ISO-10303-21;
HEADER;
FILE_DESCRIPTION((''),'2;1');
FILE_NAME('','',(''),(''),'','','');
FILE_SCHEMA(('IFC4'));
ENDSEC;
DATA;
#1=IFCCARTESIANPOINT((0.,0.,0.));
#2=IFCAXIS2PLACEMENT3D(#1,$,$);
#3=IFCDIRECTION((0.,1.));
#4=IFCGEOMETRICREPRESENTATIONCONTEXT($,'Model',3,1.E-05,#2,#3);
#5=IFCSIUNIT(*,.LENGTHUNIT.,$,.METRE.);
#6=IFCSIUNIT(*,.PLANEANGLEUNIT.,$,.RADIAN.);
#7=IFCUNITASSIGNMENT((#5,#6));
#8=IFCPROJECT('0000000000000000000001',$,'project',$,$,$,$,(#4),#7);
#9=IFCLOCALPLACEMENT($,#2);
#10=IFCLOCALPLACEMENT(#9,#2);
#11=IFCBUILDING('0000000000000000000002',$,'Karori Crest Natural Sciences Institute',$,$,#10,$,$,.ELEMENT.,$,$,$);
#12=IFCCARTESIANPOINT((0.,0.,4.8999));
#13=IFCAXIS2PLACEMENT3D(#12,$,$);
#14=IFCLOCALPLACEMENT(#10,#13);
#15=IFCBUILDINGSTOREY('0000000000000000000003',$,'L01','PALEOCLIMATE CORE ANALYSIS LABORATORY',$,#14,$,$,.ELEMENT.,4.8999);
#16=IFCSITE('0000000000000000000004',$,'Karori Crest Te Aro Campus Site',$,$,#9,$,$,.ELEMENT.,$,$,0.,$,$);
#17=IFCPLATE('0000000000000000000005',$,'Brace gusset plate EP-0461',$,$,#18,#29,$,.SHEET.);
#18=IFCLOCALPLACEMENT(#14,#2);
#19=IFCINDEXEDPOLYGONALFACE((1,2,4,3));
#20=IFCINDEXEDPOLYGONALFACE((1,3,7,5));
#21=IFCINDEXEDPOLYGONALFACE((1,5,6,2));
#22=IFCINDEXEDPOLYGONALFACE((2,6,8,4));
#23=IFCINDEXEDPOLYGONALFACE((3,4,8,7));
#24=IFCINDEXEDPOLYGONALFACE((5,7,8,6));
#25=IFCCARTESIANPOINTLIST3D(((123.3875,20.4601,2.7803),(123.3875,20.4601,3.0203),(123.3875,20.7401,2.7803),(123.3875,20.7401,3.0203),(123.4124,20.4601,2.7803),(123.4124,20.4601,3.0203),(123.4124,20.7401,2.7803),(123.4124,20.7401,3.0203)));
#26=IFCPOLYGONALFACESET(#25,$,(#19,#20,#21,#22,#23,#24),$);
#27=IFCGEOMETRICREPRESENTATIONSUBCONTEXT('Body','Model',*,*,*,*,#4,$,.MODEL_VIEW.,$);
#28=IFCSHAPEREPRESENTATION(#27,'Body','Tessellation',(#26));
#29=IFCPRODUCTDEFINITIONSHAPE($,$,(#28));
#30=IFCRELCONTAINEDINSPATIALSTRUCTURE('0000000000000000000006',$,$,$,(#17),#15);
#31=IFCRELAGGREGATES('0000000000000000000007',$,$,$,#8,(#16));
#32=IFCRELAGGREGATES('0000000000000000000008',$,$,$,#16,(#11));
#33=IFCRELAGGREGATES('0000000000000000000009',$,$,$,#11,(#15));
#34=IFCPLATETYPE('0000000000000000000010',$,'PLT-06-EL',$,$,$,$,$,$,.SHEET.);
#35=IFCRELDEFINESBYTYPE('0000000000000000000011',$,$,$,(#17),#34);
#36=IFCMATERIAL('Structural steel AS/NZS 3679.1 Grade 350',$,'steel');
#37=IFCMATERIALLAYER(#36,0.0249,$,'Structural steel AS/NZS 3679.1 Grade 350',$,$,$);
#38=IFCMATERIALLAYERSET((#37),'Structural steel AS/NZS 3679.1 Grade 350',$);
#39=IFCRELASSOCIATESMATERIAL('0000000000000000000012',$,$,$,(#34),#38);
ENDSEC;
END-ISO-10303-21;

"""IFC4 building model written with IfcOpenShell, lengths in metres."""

from ifc_helpers import new_model, si_unit, direction, frame, origin, origin_2d, place, context, subcontext, project, spatial, rectangle, extrude, material, layer, layer_set, type_object, element, save


model = new_model("IFC4")

# Units and contexts
model_context = context("Model", 3, precision=1e-05, world=origin(), true_north=direction((0.0, 1.0)))
body_context = subcontext(model_context, "Body", "Model", "MODEL_VIEW")
ifc_project = project(units=[si_unit("LENGTHUNIT", "METRE"), si_unit("PLANEANGLEUNIT", "RADIAN")], contexts=[model_context])

# Site, building, storey
site_placement = place(None, origin())
site = spatial("IfcSite", under=ifc_project, at=site_placement, Name="Karori Crest Te Aro Campus Site", CompositionType="ELEMENT", RefElevation=0.0)
building_placement = place(site_placement, origin())
building = spatial("IfcBuilding", under=site, at=building_placement, Name="Karori Crest Natural Sciences Institute", CompositionType="ELEMENT")
storey_placement = place(building_placement, frame((0.0, 0.0, 4.8999)))
storey = spatial("IfcBuildingStorey", under=building, at=storey_placement, Name="L01", Description="PALEOCLIMATE CORE ANALYSIS LABORATORY", CompositionType="ELEMENT", Elevation=4.8999)

# Shared definitions
ifc_material_1 = material(Name="Structural steel AS/NZS 3679.1 Grade 350", Category="steel")

# Plate
ifc_layer_1 = layer(ifc_material_1, 0.0249, Name="Structural steel AS/NZS 3679.1 Grade 350")
ifc_layer_set_1 = layer_set([ifc_layer_1], Name="Structural steel AS/NZS 3679.1 Grade 350")
plate_type_1 = type_object("IfcPlateType", Name="PLT-06-EL", PredefinedType="SHEET", material=ifc_layer_set_1)
for number, where, z_axis, x_axis, name in (
    (1, (123.3999, 20.6001, 2.7803), (0.0, 0.0, 1.0), (0.0, 1.0, 0.0), "Brace gusset plate EP-0461"),
):
    element("IfcPlate", number, at=place(storey_placement, frame(where, z_axis=z_axis, x_axis=x_axis)), inside=storey, type_object=plate_type_1, Name=name, PredefinedType="SHEET", context=body_context, shape_type="SweptSolid", body=[
        extrude(rectangle(XDim=0.28, YDim=0.0249, at=origin_2d()), origin(), (0.0, 0.0, 1.0), 0.24),
    ])

save(model, "model.ifc")
